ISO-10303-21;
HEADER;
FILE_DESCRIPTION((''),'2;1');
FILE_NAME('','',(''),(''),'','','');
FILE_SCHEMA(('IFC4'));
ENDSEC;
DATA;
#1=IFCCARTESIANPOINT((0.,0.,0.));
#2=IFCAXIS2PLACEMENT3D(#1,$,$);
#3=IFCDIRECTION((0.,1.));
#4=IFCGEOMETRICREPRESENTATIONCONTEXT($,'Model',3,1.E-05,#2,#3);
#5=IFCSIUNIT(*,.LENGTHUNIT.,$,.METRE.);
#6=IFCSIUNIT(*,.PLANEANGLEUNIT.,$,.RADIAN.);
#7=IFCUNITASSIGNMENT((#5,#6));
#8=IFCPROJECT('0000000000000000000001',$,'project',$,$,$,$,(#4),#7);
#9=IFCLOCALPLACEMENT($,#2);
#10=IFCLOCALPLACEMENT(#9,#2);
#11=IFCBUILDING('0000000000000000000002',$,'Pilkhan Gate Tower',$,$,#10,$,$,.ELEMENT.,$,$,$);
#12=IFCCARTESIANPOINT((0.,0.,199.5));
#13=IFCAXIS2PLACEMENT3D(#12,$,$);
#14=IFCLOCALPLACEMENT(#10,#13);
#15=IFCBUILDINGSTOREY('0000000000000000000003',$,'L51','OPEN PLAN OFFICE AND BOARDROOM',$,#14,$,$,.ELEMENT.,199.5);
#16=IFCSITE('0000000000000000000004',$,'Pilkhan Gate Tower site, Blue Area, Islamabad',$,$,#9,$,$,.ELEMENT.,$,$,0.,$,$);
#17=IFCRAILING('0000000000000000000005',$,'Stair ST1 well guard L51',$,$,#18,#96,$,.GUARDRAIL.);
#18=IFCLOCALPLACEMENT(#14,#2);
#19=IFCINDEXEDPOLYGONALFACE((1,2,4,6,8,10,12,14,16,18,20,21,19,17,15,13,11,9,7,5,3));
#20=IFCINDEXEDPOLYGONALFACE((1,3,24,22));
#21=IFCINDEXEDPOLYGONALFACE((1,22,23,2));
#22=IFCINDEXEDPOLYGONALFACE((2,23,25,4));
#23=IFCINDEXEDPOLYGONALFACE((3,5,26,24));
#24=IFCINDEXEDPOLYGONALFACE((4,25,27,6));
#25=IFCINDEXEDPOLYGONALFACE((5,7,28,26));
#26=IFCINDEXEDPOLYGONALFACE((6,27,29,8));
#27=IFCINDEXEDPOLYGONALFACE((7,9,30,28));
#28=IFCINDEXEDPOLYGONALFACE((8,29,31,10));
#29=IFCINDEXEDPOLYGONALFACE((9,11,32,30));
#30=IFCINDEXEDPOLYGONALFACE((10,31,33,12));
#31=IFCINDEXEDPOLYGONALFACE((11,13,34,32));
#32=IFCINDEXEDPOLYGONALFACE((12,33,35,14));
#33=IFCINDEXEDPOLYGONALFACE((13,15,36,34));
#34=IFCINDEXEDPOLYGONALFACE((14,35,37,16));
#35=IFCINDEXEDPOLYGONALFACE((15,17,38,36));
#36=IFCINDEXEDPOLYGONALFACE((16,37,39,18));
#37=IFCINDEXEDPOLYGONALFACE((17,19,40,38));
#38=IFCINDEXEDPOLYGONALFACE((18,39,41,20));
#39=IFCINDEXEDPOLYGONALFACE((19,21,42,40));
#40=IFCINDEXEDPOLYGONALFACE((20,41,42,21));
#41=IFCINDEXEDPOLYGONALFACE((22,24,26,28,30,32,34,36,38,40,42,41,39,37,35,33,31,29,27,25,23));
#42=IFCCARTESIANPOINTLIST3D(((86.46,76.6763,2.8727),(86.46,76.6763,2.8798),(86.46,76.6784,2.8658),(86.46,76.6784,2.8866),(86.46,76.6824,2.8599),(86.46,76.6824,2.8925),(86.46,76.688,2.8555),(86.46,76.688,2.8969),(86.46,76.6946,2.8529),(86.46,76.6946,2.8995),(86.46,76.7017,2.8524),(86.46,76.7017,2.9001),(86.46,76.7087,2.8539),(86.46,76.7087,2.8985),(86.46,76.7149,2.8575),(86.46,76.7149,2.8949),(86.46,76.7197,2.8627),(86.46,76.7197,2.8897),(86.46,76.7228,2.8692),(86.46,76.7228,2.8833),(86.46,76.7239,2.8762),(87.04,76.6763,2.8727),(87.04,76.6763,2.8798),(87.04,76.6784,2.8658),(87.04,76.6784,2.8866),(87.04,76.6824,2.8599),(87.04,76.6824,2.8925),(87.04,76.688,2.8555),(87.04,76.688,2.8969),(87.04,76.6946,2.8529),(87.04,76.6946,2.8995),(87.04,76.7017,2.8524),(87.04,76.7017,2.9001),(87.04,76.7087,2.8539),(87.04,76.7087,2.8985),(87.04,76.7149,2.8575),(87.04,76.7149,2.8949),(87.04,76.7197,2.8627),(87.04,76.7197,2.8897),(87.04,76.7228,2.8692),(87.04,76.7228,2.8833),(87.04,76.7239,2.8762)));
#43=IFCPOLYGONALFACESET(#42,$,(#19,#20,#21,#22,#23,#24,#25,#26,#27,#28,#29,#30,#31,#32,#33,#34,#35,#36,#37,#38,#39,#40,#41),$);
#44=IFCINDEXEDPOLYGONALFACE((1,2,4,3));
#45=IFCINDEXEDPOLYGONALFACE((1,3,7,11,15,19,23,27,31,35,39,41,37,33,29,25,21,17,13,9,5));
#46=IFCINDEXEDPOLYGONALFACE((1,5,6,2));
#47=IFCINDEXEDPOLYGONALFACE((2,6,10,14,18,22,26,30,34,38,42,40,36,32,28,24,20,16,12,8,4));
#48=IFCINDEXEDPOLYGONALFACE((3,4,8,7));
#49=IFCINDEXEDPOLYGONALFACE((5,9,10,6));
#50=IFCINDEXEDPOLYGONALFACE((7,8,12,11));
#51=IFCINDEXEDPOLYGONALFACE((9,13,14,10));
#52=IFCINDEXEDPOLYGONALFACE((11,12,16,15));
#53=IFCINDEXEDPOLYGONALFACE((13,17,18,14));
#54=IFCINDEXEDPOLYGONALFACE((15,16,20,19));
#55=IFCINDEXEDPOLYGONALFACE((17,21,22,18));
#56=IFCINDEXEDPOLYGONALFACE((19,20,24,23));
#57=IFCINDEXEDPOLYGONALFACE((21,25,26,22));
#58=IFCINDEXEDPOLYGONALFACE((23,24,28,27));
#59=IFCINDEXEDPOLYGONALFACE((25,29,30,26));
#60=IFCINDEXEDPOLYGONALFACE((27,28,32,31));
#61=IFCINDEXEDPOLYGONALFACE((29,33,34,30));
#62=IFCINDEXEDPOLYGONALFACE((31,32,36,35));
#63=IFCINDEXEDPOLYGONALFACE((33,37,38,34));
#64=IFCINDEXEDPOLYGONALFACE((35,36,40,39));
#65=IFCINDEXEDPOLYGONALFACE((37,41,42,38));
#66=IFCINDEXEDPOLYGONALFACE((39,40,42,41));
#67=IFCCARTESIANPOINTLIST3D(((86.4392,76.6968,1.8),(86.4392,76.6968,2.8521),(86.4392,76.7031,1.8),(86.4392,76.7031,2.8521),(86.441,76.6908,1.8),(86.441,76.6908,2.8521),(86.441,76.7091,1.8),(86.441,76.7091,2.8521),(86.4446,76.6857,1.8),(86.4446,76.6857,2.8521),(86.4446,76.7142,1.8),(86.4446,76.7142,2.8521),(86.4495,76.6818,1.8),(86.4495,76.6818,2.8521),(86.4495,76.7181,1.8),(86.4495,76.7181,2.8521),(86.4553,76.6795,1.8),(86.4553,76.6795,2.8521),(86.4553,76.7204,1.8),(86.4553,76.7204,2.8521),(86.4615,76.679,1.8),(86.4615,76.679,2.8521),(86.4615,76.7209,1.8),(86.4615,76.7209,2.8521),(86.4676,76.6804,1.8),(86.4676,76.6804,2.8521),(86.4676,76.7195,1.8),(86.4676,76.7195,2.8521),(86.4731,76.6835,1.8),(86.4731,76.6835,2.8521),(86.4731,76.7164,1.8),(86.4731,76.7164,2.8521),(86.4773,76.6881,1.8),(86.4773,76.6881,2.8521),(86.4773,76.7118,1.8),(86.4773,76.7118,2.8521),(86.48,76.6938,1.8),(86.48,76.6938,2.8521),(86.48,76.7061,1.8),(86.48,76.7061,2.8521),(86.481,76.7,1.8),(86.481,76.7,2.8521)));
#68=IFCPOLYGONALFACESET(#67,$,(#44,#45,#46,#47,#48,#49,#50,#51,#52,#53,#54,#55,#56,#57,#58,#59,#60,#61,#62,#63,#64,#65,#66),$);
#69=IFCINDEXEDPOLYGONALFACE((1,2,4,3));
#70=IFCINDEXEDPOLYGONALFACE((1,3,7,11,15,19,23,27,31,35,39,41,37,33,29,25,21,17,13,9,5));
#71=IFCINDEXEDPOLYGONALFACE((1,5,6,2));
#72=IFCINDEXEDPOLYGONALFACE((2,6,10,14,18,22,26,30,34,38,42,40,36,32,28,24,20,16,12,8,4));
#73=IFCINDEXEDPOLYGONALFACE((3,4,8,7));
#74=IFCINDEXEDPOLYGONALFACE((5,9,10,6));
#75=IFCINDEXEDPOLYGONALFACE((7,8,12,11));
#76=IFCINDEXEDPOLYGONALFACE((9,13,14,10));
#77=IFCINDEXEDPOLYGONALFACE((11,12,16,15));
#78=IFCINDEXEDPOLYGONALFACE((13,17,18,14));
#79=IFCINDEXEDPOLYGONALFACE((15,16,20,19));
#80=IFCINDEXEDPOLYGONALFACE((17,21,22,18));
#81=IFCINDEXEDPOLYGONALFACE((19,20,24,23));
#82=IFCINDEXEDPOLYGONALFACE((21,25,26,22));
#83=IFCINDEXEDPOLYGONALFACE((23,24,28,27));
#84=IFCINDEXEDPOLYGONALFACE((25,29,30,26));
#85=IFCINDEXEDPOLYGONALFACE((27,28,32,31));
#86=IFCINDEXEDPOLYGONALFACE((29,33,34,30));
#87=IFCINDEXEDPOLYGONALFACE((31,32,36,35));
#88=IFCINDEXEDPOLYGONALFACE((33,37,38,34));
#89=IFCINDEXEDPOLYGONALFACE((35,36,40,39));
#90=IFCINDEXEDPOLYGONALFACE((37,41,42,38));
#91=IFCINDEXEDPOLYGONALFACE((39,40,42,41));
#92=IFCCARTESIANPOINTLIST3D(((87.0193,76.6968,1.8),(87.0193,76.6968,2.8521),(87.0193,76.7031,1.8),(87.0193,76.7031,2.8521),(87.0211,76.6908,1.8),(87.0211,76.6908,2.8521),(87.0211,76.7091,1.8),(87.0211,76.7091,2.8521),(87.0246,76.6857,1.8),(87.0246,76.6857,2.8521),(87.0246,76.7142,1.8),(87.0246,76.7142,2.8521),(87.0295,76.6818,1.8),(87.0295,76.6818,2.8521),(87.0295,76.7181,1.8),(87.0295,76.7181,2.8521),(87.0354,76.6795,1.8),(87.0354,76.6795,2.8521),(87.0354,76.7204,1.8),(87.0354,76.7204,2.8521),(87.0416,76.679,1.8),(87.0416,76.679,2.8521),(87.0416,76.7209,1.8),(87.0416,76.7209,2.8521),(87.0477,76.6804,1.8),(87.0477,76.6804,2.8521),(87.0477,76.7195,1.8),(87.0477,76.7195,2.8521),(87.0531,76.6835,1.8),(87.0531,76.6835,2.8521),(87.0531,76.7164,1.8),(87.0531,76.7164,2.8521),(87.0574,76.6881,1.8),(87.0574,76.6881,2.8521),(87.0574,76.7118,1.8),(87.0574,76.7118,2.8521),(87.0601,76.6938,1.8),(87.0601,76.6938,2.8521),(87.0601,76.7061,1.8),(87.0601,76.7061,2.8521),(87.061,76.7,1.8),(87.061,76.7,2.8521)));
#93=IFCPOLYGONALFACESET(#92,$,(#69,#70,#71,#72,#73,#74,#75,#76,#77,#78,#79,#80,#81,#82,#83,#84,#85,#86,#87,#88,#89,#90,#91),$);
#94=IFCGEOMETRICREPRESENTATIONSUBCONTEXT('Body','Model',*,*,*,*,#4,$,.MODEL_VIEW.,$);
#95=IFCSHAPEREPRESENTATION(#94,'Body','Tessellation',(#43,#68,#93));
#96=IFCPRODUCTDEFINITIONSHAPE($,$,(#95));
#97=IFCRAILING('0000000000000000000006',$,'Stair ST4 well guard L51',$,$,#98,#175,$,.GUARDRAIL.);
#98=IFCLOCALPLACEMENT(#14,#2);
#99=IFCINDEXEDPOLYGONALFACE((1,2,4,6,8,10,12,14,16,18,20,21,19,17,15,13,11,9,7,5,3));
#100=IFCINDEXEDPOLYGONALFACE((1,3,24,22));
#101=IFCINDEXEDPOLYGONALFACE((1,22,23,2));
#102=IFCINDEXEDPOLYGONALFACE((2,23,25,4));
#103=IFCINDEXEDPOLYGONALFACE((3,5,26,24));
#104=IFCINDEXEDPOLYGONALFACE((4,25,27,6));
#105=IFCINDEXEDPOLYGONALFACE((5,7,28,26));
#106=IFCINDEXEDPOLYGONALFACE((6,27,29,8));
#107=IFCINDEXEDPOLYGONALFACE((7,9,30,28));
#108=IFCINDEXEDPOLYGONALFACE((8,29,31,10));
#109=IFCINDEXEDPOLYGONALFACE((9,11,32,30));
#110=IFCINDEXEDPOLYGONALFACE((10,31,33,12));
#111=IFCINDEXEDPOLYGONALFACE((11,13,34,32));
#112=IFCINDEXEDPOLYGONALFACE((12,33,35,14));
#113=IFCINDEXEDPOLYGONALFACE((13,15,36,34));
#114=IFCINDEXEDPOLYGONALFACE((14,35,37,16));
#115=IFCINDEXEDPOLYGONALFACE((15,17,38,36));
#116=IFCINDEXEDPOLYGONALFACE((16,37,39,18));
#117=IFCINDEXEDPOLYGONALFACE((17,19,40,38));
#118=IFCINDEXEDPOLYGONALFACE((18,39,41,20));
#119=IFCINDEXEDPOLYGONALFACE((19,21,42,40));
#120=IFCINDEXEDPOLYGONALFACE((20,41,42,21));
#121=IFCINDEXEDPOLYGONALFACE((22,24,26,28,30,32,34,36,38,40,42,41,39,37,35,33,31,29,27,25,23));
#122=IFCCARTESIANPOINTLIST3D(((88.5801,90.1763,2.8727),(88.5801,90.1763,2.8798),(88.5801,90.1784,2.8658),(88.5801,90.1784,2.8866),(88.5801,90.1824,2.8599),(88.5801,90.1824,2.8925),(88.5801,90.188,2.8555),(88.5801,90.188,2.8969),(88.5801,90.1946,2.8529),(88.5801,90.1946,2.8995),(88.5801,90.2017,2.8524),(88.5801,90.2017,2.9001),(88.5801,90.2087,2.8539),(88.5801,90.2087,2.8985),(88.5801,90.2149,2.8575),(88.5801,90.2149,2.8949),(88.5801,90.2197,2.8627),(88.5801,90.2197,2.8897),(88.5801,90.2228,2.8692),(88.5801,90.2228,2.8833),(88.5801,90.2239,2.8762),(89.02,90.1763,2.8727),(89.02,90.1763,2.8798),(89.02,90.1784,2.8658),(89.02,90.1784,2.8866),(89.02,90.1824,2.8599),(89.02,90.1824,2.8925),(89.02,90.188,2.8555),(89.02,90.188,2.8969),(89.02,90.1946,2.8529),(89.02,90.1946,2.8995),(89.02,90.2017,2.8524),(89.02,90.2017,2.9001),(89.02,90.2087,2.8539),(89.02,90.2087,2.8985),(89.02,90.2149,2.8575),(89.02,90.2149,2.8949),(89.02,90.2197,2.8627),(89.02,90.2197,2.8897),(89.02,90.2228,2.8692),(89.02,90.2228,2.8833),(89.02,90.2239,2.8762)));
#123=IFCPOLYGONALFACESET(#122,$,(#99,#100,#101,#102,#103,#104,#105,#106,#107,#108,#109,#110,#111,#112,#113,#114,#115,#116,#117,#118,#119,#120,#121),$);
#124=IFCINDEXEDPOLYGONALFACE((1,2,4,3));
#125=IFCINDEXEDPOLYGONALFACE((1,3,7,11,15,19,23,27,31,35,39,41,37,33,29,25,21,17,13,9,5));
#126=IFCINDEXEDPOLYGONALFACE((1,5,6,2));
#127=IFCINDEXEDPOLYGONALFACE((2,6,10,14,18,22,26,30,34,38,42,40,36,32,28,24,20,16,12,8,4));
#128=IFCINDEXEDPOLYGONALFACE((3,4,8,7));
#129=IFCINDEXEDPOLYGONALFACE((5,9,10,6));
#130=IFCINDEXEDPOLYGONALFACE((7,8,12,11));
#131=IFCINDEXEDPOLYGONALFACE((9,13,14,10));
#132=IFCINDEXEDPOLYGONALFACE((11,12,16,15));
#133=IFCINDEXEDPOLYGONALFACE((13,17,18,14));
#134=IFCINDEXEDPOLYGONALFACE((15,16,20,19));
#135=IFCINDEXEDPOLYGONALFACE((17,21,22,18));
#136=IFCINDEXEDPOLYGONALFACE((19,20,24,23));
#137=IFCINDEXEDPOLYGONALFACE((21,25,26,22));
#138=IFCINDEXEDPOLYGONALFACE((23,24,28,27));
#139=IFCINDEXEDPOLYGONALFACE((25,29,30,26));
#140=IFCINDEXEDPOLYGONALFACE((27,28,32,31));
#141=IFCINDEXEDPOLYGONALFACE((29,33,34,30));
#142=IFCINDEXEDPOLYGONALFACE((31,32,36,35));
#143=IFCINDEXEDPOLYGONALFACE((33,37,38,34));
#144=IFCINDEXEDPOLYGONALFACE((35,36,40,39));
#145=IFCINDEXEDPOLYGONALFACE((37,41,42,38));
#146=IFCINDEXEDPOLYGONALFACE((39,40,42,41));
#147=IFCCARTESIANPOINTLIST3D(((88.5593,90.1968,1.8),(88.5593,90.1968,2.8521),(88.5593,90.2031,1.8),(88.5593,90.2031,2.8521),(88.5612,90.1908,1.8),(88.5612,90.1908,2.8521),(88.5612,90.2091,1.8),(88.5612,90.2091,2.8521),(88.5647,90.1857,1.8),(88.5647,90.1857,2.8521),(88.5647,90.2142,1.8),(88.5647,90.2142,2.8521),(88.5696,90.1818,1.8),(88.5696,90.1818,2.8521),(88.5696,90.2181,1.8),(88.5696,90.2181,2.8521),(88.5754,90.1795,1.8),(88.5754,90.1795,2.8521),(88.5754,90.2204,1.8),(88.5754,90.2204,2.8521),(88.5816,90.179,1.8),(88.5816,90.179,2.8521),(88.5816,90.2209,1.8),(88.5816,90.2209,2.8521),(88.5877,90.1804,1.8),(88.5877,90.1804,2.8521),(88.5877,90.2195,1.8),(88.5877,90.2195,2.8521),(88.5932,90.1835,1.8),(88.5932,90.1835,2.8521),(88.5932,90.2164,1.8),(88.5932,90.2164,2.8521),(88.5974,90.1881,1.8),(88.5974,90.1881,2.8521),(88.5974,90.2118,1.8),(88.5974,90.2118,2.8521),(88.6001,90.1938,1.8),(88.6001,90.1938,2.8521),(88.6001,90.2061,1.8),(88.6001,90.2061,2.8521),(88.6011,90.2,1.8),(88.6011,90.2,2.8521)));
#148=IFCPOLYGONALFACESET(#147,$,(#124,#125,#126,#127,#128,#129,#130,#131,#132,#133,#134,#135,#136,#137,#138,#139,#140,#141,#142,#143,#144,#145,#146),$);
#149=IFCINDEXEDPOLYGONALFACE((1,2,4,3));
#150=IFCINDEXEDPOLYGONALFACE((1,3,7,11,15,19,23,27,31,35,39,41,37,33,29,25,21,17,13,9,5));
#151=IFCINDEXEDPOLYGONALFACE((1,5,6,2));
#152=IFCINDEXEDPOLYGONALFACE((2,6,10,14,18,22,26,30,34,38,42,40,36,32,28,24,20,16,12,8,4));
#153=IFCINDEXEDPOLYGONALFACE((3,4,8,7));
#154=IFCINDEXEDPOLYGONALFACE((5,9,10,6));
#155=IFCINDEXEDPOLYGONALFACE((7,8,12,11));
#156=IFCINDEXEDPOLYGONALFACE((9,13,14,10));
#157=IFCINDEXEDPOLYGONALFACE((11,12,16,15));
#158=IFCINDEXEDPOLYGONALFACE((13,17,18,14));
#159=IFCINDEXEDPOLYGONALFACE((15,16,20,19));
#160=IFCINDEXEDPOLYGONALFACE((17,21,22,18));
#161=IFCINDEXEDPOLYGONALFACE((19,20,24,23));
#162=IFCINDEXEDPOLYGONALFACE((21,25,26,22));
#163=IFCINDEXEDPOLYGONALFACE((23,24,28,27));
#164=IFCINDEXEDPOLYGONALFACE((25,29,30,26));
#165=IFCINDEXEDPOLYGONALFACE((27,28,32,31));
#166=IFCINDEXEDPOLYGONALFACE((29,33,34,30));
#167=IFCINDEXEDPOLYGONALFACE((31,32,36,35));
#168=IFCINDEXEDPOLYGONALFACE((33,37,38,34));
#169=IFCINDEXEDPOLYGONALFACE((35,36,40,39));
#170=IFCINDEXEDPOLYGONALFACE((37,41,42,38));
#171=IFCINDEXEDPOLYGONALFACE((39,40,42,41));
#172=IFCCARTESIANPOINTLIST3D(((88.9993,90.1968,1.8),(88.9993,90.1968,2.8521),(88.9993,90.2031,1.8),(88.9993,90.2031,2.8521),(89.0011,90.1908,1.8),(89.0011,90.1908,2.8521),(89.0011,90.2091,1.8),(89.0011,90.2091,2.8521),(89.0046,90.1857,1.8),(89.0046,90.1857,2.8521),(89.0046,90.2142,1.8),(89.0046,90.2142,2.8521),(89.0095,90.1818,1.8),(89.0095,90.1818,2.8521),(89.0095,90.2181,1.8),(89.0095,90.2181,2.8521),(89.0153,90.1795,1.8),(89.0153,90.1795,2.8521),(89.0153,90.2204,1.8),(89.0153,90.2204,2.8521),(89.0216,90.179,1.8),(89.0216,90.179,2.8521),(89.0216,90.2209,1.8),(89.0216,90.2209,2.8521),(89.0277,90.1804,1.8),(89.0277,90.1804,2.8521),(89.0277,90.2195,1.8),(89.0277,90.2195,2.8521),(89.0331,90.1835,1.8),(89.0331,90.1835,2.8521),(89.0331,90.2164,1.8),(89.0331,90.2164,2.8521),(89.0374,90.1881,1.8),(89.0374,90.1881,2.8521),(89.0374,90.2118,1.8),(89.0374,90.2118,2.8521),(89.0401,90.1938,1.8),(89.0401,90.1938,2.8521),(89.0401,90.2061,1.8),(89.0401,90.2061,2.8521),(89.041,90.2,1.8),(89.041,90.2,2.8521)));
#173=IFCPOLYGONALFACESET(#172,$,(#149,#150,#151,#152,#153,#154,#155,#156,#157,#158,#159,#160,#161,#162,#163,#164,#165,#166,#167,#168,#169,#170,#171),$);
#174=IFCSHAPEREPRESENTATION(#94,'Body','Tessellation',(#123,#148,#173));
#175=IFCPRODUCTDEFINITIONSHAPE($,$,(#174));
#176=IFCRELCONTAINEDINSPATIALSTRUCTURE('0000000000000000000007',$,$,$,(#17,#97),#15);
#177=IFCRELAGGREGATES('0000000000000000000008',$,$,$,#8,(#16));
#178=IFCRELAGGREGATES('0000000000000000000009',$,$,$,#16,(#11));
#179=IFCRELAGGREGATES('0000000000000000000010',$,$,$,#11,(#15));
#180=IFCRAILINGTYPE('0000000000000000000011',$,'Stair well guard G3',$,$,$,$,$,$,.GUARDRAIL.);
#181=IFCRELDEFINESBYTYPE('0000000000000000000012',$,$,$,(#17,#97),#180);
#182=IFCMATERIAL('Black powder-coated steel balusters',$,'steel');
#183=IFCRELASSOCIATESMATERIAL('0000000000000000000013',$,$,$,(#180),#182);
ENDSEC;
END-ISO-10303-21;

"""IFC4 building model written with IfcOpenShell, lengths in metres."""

from ifc_helpers import new_model, si_unit, direction, frame, origin, origin_2d, place, context, subcontext, project, spatial, circle, extrude, material, type_object, element, save


model = new_model("IFC4")

# Units and contexts
model_context = context("Model", 3, precision=1e-05, world=origin(), true_north=direction((0.0, 1.0)))
body_context = subcontext(model_context, "Body", "Model", "MODEL_VIEW")
ifc_project = project(units=[si_unit("LENGTHUNIT", "METRE"), si_unit("PLANEANGLEUNIT", "RADIAN")], contexts=[model_context])

# Site, building, storey
site_placement = place(None, origin())
site = spatial("IfcSite", under=ifc_project, at=site_placement, Name="Pilkhan Gate Tower site, Blue Area, Islamabad", CompositionType="ELEMENT", RefElevation=0.0)
building_placement = place(site_placement, origin())
building = spatial("IfcBuilding", under=site, at=building_placement, Name="Pilkhan Gate Tower", CompositionType="ELEMENT")
storey_placement = place(building_placement, frame((0.0, 0.0, 199.5)))
storey = spatial("IfcBuildingStorey", under=building, at=storey_placement, Name="L51", Description="OPEN PLAN OFFICE AND BOARDROOM", CompositionType="ELEMENT", Elevation=199.5)

# Railings
ifc_material_1 = material(Name="Black powder-coated steel balusters", Category="steel")
railing_type_1 = type_object("IfcRailingType", Name="Stair well guard G3", PredefinedType="GUARDRAIL", material=ifc_material_1)
for number, where, name in (
    (1, (86.46, 76.7, 1.8), "Stair ST1 well guard L51"),
):
    element("IfcRailing", number, at=place(storey_placement, frame(where)), inside=storey, type_object=railing_type_1, Name=name, PredefinedType="GUARDRAIL", context=body_context, shape_type="SweptSolid", body=[
        extrude(circle(Radius=0.0239, at=origin_2d()), frame((0.0, 0.0, 1.0762), z_axis=(1.0, 0.0, 0.0), x_axis=(0.0, 1.0, 0.0)), (0.0, 0.0, 1.0), 0.5801),
        extrude(circle(Radius=0.021, at=origin_2d()), origin(), (0.0, 0.0, 1.0), 1.052),
        extrude(circle(Radius=0.021, at=origin_2d()), frame((0.5801, 0.0, 0.0)), (0.0, 0.0, 1.0), 1.052),
    ])
railing_1_placement = place(storey_placement, frame((88.5801, 90.2, 1.8)))
element("IfcRailing", 2, at=railing_1_placement, inside=storey, type_object=railing_type_1, Name="Stair ST4 well guard L51", PredefinedType="GUARDRAIL", context=body_context, shape_type="SweptSolid", body=[
    extrude(circle(Radius=0.0239, at=origin_2d()), frame((0.0, 0.0, 1.0762), z_axis=(1.0, 0.0, 0.0), x_axis=(0.0, 1.0, 0.0)), (0.0, 0.0, 1.0), 0.4399),
    extrude(circle(Radius=0.021, at=origin_2d()), origin(), (0.0, 0.0, 1.0), 1.052),
    extrude(circle(Radius=0.021, at=origin_2d()), frame((0.4399, 0.0, 0.0)), (0.0, 0.0, 1.0), 1.052),
])

save(model, "model.ifc")
